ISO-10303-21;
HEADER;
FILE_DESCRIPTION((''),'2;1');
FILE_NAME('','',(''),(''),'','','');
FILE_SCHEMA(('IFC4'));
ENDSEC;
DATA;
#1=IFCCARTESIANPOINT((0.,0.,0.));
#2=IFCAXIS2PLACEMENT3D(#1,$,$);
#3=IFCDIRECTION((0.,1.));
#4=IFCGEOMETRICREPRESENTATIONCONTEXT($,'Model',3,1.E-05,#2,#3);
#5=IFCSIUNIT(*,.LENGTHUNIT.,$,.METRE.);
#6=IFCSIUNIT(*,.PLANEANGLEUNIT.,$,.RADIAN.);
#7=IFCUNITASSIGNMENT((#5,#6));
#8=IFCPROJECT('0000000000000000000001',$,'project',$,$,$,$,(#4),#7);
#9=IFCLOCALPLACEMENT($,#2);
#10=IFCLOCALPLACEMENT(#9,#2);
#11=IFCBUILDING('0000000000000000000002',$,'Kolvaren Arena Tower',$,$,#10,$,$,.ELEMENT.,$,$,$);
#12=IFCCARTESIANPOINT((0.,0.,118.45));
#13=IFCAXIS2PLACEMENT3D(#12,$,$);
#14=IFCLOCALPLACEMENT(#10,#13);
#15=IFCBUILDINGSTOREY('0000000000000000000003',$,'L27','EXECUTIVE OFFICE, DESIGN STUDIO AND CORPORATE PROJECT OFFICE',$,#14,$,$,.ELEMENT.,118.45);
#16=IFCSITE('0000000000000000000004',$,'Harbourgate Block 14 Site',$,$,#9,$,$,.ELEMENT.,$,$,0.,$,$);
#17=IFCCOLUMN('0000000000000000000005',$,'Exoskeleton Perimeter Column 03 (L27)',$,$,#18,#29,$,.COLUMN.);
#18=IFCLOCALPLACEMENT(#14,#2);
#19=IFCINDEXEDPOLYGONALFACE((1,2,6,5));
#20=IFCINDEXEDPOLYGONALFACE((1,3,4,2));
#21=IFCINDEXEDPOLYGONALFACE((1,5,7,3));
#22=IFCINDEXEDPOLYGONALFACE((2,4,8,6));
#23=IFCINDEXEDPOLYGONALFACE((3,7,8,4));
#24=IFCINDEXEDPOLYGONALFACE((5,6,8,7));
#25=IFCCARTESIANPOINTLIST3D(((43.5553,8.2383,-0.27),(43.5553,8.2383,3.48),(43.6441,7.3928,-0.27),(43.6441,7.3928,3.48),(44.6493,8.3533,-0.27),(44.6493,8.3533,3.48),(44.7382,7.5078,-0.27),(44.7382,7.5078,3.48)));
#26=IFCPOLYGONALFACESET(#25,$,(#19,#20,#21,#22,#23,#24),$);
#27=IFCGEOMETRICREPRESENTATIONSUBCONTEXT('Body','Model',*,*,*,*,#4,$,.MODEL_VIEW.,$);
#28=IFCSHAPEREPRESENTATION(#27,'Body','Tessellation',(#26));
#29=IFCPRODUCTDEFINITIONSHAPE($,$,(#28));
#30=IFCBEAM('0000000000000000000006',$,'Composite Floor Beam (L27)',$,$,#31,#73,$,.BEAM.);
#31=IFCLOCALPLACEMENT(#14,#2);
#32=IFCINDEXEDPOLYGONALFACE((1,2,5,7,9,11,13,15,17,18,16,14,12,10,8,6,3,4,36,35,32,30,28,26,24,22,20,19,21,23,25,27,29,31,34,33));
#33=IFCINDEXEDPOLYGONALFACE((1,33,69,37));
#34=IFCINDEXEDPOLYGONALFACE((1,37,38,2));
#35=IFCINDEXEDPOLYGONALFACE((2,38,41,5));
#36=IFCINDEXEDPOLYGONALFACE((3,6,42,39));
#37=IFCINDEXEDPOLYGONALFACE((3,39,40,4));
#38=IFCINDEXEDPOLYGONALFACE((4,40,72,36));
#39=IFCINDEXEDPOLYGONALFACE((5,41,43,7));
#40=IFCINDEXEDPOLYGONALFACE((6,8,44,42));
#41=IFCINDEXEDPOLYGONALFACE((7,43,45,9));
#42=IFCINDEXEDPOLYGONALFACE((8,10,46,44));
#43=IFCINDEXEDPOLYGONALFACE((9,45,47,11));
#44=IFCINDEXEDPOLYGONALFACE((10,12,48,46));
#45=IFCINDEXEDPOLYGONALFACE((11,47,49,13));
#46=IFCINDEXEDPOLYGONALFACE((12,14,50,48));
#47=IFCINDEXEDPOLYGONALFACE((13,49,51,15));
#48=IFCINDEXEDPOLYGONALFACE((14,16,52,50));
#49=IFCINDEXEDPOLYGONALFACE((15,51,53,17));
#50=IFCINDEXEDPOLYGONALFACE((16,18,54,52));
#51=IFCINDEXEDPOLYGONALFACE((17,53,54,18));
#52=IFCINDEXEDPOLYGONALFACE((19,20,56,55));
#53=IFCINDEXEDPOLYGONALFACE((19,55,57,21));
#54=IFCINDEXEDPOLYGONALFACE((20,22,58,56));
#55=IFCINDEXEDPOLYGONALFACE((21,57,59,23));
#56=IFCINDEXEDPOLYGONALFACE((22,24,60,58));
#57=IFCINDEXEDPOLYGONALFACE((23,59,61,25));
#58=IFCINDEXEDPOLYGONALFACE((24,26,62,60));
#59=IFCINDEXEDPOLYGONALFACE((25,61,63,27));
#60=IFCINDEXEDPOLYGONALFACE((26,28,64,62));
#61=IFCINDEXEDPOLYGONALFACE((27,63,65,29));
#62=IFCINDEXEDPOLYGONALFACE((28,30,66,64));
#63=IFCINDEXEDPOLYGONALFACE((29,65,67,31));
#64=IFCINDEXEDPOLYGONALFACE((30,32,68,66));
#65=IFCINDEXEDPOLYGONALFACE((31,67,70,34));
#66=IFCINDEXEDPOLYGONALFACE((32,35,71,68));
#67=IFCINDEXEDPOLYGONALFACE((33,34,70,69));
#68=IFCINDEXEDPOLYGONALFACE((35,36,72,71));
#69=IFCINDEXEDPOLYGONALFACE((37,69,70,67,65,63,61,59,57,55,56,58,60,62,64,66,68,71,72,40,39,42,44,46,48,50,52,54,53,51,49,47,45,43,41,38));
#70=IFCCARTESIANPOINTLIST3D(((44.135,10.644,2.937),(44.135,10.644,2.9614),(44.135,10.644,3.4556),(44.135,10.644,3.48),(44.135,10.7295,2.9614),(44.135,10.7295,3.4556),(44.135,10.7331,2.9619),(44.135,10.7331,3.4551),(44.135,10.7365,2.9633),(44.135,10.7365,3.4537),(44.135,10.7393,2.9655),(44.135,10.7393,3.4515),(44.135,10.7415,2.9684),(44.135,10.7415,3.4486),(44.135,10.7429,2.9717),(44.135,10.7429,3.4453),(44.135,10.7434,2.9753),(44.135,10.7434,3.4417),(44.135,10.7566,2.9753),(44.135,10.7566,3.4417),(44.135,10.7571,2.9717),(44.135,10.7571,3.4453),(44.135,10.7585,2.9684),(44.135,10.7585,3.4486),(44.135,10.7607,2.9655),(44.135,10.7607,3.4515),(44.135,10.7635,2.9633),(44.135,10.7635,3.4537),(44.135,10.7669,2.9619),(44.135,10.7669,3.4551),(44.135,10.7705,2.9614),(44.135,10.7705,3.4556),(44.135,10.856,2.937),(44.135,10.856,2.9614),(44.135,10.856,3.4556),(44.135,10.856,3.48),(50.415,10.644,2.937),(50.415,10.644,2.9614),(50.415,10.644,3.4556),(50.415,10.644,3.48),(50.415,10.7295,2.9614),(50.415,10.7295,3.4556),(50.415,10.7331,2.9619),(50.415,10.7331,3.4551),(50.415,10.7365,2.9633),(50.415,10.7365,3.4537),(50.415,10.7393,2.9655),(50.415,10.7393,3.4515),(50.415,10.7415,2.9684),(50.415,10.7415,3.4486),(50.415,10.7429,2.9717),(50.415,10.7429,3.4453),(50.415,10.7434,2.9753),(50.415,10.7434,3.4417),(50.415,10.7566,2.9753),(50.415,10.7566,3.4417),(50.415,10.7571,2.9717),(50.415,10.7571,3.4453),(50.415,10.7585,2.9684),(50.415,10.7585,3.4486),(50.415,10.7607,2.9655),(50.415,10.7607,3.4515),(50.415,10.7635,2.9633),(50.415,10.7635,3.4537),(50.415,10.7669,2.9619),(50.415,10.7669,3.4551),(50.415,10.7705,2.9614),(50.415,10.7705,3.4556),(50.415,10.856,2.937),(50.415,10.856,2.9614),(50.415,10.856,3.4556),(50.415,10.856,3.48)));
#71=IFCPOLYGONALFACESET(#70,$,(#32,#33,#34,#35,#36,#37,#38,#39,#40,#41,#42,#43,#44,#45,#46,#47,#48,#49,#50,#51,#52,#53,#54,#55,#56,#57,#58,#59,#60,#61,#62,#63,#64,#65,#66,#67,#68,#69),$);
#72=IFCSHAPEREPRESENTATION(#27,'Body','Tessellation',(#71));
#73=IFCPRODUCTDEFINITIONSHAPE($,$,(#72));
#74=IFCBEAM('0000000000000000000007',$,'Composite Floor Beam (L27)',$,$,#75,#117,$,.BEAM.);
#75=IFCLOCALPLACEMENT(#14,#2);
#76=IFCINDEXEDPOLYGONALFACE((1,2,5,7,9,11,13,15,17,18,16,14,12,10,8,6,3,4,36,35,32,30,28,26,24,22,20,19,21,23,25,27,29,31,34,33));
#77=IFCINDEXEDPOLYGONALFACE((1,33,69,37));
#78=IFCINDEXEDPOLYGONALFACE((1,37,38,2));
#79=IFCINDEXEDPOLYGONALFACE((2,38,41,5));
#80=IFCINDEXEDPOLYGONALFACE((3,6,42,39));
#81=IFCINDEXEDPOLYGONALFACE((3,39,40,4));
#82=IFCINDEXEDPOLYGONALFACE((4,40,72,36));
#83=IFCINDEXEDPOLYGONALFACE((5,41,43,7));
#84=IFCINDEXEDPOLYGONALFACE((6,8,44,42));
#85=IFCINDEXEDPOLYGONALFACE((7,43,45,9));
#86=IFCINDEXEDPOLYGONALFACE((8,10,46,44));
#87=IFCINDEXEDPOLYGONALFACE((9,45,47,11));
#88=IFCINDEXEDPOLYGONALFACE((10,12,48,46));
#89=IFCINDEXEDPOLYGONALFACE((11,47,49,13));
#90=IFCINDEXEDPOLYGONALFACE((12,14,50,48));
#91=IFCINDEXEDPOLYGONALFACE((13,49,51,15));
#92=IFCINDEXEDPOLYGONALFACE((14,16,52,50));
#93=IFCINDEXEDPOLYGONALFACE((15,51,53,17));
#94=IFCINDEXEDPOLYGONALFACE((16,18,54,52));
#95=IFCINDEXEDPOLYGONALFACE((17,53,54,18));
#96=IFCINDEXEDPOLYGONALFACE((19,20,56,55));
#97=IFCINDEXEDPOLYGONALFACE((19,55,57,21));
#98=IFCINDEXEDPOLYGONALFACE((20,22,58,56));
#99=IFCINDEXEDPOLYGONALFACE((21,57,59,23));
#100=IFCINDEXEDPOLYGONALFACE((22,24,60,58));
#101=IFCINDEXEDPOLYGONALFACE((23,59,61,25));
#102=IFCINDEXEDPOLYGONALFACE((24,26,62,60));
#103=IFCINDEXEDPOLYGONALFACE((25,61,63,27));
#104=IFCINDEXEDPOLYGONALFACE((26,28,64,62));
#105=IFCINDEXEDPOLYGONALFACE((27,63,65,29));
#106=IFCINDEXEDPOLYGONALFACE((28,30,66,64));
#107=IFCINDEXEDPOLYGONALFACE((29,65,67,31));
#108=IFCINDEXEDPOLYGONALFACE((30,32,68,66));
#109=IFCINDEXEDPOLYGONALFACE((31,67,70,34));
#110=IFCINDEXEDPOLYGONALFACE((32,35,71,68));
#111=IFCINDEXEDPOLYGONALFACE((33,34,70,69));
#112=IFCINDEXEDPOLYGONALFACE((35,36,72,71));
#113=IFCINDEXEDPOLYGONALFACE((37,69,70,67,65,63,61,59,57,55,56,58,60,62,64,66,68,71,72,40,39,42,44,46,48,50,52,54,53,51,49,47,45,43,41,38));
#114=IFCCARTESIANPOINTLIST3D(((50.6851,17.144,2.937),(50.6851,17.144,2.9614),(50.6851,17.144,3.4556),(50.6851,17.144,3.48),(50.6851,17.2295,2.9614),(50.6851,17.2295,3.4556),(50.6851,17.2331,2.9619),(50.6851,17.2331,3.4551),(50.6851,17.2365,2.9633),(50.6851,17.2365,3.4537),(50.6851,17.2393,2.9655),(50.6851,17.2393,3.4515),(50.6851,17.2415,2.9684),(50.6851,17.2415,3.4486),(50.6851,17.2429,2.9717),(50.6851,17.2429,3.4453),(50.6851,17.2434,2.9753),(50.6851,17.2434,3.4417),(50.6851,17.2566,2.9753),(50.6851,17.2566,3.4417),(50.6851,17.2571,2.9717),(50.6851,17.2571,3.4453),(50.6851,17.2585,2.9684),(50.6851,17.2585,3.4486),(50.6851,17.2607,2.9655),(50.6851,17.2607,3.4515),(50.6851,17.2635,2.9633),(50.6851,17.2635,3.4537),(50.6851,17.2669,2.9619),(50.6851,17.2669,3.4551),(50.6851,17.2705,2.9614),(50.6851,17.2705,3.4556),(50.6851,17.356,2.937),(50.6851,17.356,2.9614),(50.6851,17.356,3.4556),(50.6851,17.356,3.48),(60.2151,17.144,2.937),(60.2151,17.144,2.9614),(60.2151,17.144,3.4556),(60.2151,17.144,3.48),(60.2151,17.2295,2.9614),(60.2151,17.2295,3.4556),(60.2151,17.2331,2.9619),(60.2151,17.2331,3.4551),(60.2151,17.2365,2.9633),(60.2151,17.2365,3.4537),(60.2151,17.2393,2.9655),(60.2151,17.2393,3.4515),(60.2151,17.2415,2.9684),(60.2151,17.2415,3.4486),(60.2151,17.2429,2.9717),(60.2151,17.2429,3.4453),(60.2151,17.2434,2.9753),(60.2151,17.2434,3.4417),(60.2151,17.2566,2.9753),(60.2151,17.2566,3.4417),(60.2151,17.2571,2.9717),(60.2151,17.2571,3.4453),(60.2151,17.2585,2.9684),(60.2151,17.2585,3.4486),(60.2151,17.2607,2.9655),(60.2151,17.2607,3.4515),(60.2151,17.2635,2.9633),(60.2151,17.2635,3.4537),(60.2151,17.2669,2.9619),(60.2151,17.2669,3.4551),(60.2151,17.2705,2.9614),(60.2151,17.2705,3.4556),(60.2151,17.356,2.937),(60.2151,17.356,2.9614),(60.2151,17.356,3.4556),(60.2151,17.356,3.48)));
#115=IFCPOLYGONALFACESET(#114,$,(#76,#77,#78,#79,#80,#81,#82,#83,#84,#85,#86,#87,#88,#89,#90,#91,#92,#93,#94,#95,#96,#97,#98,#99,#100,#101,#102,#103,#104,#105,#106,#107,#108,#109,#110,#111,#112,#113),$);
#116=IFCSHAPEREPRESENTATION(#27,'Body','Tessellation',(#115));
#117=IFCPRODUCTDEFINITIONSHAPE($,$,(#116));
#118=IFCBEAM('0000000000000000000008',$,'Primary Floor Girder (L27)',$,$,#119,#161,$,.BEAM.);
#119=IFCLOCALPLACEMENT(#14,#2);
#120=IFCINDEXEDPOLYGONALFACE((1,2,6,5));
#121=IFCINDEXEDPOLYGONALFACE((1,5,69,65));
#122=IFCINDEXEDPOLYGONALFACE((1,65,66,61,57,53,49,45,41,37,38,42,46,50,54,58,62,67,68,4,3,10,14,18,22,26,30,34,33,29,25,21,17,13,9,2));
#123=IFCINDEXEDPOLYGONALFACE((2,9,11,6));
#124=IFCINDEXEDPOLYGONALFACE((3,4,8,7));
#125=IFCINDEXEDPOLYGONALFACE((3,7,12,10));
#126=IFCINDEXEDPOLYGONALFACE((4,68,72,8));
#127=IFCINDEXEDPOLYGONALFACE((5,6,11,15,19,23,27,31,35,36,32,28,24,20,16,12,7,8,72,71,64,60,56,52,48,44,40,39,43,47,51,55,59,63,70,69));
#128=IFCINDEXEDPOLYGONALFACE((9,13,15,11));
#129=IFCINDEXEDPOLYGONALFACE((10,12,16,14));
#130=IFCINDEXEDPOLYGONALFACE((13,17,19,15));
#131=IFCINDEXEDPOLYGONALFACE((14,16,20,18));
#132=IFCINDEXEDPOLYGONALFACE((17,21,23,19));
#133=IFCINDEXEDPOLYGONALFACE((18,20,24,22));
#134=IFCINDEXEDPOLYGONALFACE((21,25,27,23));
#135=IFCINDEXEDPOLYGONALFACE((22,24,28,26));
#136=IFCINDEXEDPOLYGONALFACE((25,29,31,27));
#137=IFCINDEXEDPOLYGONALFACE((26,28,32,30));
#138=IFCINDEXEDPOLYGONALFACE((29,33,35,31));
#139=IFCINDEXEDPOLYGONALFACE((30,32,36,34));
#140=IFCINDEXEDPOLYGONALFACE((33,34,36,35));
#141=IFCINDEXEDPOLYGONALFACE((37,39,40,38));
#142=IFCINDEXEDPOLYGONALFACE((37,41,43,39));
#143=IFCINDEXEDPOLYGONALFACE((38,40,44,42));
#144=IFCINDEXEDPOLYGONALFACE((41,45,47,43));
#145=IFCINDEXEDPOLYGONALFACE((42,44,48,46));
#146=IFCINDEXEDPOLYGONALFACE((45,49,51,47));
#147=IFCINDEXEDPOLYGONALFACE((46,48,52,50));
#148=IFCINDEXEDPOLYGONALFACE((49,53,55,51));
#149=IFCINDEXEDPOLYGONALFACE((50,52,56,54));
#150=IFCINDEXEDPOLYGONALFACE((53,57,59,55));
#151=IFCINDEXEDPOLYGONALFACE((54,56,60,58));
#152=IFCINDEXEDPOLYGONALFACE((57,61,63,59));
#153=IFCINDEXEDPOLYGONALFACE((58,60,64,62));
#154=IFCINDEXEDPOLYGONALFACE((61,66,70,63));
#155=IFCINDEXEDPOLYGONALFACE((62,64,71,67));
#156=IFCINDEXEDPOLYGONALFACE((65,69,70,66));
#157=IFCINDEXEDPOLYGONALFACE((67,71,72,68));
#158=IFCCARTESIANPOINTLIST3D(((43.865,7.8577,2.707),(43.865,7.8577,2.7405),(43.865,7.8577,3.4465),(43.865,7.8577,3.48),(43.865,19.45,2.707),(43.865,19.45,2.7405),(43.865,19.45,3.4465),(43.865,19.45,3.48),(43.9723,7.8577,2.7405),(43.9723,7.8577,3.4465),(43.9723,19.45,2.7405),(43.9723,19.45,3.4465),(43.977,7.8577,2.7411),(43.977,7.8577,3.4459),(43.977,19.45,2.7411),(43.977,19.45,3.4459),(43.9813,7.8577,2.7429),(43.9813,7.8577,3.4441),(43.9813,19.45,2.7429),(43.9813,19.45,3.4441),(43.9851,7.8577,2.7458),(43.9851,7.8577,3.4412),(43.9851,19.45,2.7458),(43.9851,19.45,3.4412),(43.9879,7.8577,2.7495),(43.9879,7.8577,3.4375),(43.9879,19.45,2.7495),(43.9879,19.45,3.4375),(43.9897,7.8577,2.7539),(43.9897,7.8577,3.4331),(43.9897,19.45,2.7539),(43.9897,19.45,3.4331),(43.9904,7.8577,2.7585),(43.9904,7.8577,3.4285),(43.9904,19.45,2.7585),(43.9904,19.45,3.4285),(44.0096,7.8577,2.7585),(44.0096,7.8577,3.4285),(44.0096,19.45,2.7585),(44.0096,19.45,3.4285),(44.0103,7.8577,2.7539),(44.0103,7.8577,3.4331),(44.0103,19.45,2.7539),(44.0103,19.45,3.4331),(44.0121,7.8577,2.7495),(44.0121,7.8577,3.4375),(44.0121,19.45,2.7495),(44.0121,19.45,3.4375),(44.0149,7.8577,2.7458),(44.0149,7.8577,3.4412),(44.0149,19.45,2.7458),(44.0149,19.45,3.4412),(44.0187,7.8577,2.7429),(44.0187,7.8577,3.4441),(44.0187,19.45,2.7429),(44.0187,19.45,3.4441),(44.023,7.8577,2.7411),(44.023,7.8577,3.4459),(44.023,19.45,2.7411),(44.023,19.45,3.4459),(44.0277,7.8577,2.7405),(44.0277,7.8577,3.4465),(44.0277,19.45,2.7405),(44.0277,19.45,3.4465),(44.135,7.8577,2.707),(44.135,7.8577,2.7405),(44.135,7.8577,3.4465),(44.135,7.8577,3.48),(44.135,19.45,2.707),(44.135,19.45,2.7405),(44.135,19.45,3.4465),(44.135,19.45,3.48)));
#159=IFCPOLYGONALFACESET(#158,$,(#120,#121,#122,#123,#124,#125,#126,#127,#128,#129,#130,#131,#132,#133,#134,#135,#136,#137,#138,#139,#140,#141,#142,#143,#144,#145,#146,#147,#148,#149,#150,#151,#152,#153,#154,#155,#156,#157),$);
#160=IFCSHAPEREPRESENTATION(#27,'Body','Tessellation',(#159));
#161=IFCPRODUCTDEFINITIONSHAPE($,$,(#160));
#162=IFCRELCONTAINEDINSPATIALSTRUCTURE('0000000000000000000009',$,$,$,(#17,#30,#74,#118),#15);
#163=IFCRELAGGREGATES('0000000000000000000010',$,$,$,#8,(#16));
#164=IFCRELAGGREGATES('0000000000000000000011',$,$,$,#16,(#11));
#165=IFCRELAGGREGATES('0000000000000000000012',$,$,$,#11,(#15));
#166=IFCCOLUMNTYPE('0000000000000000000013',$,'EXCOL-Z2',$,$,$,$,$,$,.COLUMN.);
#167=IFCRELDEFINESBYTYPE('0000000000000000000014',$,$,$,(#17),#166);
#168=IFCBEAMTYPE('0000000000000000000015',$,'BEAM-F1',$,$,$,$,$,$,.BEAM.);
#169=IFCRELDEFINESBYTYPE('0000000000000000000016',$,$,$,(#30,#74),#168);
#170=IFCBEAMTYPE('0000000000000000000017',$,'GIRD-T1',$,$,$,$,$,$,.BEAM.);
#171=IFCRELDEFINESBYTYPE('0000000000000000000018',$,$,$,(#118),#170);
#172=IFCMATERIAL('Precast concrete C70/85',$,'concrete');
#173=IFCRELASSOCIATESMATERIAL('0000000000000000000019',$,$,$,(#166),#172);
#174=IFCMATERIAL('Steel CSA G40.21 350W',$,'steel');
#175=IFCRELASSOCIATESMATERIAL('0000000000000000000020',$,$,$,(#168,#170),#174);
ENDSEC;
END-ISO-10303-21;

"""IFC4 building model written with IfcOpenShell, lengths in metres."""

from ifc_helpers import new_model, si_unit, direction, frame, origin, origin_2d, place, context, subcontext, project, spatial, rectangle, i_section, extrude, material, material_profile, profile_set, type_object, element, save


model = new_model("IFC4")

# Units and contexts
model_context = context("Model", 3, precision=1e-05, world=origin(), true_north=direction((0.0, 1.0)))
body_context = subcontext(model_context, "Body", "Model", "MODEL_VIEW")
ifc_project = project(units=[si_unit("LENGTHUNIT", "METRE"), si_unit("PLANEANGLEUNIT", "RADIAN")], contexts=[model_context])

# Site, building, storey
site_placement = place(None, origin())
site = spatial("IfcSite", under=ifc_project, at=site_placement, Name="Harbourgate Block 14 Site", CompositionType="ELEMENT", RefElevation=0.0)
building_placement = place(site_placement, origin())
building = spatial("IfcBuilding", under=site, at=building_placement, Name="Kolvaren Arena Tower", CompositionType="ELEMENT")
storey_placement = place(building_placement, frame((0.0, 0.0, 118.45)))
storey = spatial("IfcBuildingStorey", under=building, at=storey_placement, Name="L27", Description="EXECUTIVE OFFICE, DESIGN STUDIO AND CORPORATE PROJECT OFFICE", CompositionType="ELEMENT", Elevation=118.45)

# Column
ifc_material_1 = material(Name="Precast concrete C70/85", Category="concrete")
ifc_material_profile_1 = material_profile(ifc_material_1, rectangle(XDim=1.1001, YDim=0.8501, at=origin_2d()), Name="RC-1100x850")
ifc_profile_set_1 = profile_set([ifc_material_profile_1], Name="Precast concrete C70/85")
column_type = type_object("IfcColumnType", Name="EXCOL-Z2", PredefinedType="COLUMN", material=ifc_profile_set_1)
column_placement = place(storey_placement, frame((44.1467, 7.873, -0.27), z_axis=(0.0, 0.0, 1.0), x_axis=(0.994522, 0.104528, 0.0)))
element("IfcColumn", 1, at=column_placement, inside=storey, type_object=column_type, Name="Exoskeleton Perimeter Column 03 (L27)", PredefinedType="COLUMN", context=body_context, shape_type="SweptSolid", body=[
    extrude(rectangle(XDim=1.1001, YDim=0.8501, at=origin_2d()), origin(), (0.0, 0.0, 1.0), 3.75),
])

# Beams
ifc_material_2 = material(Name="Steel CSA G40.21 350W", Category="steel")
ifc_material_profile_2 = material_profile(ifc_material_2, i_section(OverallWidth=0.2119, OverallDepth=0.543, WebThickness=0.0132, FlangeThickness=0.0244, FilletRadius=0.0139, at=origin_2d()), Name="W530x150")
ifc_profile_set_2 = profile_set([ifc_material_profile_2], Name="Steel CSA G40.21 350W")
beam_type_1 = type_object("IfcBeamType", Name="BEAM-F1", PredefinedType="BEAM", material=ifc_profile_set_2)
beam_1_placement = place(storey_placement, frame((44.135, 10.75, 3.2085), z_axis=(1.0, 0.0, 0.0), x_axis=(0.0, 1.0, 0.0)))
element("IfcBeam", 2, at=beam_1_placement, inside=storey, type_object=beam_type_1, Name="Composite Floor Beam (L27)", PredefinedType="BEAM", context=body_context, shape_type="SweptSolid", body=[
    extrude(i_section(OverallWidth=0.2119, OverallDepth=0.543, WebThickness=0.0132, FlangeThickness=0.0244, FilletRadius=0.0139, at=origin_2d()), origin(), (0.0, 0.0, 1.0), 6.28),
])
beam_2_placement = place(storey_placement, frame((50.6851, 17.25, 3.2085), z_axis=(1.0, 0.0, 0.0), x_axis=(0.0, 1.0, 0.0)))
element("IfcBeam", 3, at=beam_2_placement, inside=storey, type_object=beam_type_1, Name="Composite Floor Beam (L27)", PredefinedType="BEAM", context=body_context, shape_type="SweptSolid", body=[
    extrude(i_section(OverallWidth=0.2119, OverallDepth=0.543, WebThickness=0.0132, FlangeThickness=0.0244, FilletRadius=0.0139, at=origin_2d()), origin(), (0.0, 0.0, 1.0), 9.53),
])
ifc_material_profile_3 = material_profile(ifc_material_2, i_section(OverallWidth=0.27, OverallDepth=0.7729, WebThickness=0.0193, FlangeThickness=0.0334, FilletRadius=0.0181, at=origin_2d()), Name="W760x257")
ifc_profile_set_3 = profile_set([ifc_material_profile_3], Name="Steel CSA G40.21 350W")
beam_type_2 = type_object("IfcBeamType", Name="GIRD-T1", PredefinedType="BEAM", material=ifc_profile_set_3)
beam_3_placement = place(storey_placement, frame((44.0, 7.8577, 3.0935), z_axis=(0.0, 1.0, 0.0), x_axis=(-1.0, 0.0, 0.0)))
element("IfcBeam", 4, at=beam_3_placement, inside=storey, type_object=beam_type_2, Name="Primary Floor Girder (L27)", PredefinedType="BEAM", context=body_context, shape_type="SweptSolid", body=[
    extrude(i_section(OverallWidth=0.27, OverallDepth=0.7729, WebThickness=0.0193, FlangeThickness=0.0334, FilletRadius=0.0181, at=origin_2d()), origin(), (0.0, 0.0, 1.0), 11.5923),
])

save(model, "model.ifc")
